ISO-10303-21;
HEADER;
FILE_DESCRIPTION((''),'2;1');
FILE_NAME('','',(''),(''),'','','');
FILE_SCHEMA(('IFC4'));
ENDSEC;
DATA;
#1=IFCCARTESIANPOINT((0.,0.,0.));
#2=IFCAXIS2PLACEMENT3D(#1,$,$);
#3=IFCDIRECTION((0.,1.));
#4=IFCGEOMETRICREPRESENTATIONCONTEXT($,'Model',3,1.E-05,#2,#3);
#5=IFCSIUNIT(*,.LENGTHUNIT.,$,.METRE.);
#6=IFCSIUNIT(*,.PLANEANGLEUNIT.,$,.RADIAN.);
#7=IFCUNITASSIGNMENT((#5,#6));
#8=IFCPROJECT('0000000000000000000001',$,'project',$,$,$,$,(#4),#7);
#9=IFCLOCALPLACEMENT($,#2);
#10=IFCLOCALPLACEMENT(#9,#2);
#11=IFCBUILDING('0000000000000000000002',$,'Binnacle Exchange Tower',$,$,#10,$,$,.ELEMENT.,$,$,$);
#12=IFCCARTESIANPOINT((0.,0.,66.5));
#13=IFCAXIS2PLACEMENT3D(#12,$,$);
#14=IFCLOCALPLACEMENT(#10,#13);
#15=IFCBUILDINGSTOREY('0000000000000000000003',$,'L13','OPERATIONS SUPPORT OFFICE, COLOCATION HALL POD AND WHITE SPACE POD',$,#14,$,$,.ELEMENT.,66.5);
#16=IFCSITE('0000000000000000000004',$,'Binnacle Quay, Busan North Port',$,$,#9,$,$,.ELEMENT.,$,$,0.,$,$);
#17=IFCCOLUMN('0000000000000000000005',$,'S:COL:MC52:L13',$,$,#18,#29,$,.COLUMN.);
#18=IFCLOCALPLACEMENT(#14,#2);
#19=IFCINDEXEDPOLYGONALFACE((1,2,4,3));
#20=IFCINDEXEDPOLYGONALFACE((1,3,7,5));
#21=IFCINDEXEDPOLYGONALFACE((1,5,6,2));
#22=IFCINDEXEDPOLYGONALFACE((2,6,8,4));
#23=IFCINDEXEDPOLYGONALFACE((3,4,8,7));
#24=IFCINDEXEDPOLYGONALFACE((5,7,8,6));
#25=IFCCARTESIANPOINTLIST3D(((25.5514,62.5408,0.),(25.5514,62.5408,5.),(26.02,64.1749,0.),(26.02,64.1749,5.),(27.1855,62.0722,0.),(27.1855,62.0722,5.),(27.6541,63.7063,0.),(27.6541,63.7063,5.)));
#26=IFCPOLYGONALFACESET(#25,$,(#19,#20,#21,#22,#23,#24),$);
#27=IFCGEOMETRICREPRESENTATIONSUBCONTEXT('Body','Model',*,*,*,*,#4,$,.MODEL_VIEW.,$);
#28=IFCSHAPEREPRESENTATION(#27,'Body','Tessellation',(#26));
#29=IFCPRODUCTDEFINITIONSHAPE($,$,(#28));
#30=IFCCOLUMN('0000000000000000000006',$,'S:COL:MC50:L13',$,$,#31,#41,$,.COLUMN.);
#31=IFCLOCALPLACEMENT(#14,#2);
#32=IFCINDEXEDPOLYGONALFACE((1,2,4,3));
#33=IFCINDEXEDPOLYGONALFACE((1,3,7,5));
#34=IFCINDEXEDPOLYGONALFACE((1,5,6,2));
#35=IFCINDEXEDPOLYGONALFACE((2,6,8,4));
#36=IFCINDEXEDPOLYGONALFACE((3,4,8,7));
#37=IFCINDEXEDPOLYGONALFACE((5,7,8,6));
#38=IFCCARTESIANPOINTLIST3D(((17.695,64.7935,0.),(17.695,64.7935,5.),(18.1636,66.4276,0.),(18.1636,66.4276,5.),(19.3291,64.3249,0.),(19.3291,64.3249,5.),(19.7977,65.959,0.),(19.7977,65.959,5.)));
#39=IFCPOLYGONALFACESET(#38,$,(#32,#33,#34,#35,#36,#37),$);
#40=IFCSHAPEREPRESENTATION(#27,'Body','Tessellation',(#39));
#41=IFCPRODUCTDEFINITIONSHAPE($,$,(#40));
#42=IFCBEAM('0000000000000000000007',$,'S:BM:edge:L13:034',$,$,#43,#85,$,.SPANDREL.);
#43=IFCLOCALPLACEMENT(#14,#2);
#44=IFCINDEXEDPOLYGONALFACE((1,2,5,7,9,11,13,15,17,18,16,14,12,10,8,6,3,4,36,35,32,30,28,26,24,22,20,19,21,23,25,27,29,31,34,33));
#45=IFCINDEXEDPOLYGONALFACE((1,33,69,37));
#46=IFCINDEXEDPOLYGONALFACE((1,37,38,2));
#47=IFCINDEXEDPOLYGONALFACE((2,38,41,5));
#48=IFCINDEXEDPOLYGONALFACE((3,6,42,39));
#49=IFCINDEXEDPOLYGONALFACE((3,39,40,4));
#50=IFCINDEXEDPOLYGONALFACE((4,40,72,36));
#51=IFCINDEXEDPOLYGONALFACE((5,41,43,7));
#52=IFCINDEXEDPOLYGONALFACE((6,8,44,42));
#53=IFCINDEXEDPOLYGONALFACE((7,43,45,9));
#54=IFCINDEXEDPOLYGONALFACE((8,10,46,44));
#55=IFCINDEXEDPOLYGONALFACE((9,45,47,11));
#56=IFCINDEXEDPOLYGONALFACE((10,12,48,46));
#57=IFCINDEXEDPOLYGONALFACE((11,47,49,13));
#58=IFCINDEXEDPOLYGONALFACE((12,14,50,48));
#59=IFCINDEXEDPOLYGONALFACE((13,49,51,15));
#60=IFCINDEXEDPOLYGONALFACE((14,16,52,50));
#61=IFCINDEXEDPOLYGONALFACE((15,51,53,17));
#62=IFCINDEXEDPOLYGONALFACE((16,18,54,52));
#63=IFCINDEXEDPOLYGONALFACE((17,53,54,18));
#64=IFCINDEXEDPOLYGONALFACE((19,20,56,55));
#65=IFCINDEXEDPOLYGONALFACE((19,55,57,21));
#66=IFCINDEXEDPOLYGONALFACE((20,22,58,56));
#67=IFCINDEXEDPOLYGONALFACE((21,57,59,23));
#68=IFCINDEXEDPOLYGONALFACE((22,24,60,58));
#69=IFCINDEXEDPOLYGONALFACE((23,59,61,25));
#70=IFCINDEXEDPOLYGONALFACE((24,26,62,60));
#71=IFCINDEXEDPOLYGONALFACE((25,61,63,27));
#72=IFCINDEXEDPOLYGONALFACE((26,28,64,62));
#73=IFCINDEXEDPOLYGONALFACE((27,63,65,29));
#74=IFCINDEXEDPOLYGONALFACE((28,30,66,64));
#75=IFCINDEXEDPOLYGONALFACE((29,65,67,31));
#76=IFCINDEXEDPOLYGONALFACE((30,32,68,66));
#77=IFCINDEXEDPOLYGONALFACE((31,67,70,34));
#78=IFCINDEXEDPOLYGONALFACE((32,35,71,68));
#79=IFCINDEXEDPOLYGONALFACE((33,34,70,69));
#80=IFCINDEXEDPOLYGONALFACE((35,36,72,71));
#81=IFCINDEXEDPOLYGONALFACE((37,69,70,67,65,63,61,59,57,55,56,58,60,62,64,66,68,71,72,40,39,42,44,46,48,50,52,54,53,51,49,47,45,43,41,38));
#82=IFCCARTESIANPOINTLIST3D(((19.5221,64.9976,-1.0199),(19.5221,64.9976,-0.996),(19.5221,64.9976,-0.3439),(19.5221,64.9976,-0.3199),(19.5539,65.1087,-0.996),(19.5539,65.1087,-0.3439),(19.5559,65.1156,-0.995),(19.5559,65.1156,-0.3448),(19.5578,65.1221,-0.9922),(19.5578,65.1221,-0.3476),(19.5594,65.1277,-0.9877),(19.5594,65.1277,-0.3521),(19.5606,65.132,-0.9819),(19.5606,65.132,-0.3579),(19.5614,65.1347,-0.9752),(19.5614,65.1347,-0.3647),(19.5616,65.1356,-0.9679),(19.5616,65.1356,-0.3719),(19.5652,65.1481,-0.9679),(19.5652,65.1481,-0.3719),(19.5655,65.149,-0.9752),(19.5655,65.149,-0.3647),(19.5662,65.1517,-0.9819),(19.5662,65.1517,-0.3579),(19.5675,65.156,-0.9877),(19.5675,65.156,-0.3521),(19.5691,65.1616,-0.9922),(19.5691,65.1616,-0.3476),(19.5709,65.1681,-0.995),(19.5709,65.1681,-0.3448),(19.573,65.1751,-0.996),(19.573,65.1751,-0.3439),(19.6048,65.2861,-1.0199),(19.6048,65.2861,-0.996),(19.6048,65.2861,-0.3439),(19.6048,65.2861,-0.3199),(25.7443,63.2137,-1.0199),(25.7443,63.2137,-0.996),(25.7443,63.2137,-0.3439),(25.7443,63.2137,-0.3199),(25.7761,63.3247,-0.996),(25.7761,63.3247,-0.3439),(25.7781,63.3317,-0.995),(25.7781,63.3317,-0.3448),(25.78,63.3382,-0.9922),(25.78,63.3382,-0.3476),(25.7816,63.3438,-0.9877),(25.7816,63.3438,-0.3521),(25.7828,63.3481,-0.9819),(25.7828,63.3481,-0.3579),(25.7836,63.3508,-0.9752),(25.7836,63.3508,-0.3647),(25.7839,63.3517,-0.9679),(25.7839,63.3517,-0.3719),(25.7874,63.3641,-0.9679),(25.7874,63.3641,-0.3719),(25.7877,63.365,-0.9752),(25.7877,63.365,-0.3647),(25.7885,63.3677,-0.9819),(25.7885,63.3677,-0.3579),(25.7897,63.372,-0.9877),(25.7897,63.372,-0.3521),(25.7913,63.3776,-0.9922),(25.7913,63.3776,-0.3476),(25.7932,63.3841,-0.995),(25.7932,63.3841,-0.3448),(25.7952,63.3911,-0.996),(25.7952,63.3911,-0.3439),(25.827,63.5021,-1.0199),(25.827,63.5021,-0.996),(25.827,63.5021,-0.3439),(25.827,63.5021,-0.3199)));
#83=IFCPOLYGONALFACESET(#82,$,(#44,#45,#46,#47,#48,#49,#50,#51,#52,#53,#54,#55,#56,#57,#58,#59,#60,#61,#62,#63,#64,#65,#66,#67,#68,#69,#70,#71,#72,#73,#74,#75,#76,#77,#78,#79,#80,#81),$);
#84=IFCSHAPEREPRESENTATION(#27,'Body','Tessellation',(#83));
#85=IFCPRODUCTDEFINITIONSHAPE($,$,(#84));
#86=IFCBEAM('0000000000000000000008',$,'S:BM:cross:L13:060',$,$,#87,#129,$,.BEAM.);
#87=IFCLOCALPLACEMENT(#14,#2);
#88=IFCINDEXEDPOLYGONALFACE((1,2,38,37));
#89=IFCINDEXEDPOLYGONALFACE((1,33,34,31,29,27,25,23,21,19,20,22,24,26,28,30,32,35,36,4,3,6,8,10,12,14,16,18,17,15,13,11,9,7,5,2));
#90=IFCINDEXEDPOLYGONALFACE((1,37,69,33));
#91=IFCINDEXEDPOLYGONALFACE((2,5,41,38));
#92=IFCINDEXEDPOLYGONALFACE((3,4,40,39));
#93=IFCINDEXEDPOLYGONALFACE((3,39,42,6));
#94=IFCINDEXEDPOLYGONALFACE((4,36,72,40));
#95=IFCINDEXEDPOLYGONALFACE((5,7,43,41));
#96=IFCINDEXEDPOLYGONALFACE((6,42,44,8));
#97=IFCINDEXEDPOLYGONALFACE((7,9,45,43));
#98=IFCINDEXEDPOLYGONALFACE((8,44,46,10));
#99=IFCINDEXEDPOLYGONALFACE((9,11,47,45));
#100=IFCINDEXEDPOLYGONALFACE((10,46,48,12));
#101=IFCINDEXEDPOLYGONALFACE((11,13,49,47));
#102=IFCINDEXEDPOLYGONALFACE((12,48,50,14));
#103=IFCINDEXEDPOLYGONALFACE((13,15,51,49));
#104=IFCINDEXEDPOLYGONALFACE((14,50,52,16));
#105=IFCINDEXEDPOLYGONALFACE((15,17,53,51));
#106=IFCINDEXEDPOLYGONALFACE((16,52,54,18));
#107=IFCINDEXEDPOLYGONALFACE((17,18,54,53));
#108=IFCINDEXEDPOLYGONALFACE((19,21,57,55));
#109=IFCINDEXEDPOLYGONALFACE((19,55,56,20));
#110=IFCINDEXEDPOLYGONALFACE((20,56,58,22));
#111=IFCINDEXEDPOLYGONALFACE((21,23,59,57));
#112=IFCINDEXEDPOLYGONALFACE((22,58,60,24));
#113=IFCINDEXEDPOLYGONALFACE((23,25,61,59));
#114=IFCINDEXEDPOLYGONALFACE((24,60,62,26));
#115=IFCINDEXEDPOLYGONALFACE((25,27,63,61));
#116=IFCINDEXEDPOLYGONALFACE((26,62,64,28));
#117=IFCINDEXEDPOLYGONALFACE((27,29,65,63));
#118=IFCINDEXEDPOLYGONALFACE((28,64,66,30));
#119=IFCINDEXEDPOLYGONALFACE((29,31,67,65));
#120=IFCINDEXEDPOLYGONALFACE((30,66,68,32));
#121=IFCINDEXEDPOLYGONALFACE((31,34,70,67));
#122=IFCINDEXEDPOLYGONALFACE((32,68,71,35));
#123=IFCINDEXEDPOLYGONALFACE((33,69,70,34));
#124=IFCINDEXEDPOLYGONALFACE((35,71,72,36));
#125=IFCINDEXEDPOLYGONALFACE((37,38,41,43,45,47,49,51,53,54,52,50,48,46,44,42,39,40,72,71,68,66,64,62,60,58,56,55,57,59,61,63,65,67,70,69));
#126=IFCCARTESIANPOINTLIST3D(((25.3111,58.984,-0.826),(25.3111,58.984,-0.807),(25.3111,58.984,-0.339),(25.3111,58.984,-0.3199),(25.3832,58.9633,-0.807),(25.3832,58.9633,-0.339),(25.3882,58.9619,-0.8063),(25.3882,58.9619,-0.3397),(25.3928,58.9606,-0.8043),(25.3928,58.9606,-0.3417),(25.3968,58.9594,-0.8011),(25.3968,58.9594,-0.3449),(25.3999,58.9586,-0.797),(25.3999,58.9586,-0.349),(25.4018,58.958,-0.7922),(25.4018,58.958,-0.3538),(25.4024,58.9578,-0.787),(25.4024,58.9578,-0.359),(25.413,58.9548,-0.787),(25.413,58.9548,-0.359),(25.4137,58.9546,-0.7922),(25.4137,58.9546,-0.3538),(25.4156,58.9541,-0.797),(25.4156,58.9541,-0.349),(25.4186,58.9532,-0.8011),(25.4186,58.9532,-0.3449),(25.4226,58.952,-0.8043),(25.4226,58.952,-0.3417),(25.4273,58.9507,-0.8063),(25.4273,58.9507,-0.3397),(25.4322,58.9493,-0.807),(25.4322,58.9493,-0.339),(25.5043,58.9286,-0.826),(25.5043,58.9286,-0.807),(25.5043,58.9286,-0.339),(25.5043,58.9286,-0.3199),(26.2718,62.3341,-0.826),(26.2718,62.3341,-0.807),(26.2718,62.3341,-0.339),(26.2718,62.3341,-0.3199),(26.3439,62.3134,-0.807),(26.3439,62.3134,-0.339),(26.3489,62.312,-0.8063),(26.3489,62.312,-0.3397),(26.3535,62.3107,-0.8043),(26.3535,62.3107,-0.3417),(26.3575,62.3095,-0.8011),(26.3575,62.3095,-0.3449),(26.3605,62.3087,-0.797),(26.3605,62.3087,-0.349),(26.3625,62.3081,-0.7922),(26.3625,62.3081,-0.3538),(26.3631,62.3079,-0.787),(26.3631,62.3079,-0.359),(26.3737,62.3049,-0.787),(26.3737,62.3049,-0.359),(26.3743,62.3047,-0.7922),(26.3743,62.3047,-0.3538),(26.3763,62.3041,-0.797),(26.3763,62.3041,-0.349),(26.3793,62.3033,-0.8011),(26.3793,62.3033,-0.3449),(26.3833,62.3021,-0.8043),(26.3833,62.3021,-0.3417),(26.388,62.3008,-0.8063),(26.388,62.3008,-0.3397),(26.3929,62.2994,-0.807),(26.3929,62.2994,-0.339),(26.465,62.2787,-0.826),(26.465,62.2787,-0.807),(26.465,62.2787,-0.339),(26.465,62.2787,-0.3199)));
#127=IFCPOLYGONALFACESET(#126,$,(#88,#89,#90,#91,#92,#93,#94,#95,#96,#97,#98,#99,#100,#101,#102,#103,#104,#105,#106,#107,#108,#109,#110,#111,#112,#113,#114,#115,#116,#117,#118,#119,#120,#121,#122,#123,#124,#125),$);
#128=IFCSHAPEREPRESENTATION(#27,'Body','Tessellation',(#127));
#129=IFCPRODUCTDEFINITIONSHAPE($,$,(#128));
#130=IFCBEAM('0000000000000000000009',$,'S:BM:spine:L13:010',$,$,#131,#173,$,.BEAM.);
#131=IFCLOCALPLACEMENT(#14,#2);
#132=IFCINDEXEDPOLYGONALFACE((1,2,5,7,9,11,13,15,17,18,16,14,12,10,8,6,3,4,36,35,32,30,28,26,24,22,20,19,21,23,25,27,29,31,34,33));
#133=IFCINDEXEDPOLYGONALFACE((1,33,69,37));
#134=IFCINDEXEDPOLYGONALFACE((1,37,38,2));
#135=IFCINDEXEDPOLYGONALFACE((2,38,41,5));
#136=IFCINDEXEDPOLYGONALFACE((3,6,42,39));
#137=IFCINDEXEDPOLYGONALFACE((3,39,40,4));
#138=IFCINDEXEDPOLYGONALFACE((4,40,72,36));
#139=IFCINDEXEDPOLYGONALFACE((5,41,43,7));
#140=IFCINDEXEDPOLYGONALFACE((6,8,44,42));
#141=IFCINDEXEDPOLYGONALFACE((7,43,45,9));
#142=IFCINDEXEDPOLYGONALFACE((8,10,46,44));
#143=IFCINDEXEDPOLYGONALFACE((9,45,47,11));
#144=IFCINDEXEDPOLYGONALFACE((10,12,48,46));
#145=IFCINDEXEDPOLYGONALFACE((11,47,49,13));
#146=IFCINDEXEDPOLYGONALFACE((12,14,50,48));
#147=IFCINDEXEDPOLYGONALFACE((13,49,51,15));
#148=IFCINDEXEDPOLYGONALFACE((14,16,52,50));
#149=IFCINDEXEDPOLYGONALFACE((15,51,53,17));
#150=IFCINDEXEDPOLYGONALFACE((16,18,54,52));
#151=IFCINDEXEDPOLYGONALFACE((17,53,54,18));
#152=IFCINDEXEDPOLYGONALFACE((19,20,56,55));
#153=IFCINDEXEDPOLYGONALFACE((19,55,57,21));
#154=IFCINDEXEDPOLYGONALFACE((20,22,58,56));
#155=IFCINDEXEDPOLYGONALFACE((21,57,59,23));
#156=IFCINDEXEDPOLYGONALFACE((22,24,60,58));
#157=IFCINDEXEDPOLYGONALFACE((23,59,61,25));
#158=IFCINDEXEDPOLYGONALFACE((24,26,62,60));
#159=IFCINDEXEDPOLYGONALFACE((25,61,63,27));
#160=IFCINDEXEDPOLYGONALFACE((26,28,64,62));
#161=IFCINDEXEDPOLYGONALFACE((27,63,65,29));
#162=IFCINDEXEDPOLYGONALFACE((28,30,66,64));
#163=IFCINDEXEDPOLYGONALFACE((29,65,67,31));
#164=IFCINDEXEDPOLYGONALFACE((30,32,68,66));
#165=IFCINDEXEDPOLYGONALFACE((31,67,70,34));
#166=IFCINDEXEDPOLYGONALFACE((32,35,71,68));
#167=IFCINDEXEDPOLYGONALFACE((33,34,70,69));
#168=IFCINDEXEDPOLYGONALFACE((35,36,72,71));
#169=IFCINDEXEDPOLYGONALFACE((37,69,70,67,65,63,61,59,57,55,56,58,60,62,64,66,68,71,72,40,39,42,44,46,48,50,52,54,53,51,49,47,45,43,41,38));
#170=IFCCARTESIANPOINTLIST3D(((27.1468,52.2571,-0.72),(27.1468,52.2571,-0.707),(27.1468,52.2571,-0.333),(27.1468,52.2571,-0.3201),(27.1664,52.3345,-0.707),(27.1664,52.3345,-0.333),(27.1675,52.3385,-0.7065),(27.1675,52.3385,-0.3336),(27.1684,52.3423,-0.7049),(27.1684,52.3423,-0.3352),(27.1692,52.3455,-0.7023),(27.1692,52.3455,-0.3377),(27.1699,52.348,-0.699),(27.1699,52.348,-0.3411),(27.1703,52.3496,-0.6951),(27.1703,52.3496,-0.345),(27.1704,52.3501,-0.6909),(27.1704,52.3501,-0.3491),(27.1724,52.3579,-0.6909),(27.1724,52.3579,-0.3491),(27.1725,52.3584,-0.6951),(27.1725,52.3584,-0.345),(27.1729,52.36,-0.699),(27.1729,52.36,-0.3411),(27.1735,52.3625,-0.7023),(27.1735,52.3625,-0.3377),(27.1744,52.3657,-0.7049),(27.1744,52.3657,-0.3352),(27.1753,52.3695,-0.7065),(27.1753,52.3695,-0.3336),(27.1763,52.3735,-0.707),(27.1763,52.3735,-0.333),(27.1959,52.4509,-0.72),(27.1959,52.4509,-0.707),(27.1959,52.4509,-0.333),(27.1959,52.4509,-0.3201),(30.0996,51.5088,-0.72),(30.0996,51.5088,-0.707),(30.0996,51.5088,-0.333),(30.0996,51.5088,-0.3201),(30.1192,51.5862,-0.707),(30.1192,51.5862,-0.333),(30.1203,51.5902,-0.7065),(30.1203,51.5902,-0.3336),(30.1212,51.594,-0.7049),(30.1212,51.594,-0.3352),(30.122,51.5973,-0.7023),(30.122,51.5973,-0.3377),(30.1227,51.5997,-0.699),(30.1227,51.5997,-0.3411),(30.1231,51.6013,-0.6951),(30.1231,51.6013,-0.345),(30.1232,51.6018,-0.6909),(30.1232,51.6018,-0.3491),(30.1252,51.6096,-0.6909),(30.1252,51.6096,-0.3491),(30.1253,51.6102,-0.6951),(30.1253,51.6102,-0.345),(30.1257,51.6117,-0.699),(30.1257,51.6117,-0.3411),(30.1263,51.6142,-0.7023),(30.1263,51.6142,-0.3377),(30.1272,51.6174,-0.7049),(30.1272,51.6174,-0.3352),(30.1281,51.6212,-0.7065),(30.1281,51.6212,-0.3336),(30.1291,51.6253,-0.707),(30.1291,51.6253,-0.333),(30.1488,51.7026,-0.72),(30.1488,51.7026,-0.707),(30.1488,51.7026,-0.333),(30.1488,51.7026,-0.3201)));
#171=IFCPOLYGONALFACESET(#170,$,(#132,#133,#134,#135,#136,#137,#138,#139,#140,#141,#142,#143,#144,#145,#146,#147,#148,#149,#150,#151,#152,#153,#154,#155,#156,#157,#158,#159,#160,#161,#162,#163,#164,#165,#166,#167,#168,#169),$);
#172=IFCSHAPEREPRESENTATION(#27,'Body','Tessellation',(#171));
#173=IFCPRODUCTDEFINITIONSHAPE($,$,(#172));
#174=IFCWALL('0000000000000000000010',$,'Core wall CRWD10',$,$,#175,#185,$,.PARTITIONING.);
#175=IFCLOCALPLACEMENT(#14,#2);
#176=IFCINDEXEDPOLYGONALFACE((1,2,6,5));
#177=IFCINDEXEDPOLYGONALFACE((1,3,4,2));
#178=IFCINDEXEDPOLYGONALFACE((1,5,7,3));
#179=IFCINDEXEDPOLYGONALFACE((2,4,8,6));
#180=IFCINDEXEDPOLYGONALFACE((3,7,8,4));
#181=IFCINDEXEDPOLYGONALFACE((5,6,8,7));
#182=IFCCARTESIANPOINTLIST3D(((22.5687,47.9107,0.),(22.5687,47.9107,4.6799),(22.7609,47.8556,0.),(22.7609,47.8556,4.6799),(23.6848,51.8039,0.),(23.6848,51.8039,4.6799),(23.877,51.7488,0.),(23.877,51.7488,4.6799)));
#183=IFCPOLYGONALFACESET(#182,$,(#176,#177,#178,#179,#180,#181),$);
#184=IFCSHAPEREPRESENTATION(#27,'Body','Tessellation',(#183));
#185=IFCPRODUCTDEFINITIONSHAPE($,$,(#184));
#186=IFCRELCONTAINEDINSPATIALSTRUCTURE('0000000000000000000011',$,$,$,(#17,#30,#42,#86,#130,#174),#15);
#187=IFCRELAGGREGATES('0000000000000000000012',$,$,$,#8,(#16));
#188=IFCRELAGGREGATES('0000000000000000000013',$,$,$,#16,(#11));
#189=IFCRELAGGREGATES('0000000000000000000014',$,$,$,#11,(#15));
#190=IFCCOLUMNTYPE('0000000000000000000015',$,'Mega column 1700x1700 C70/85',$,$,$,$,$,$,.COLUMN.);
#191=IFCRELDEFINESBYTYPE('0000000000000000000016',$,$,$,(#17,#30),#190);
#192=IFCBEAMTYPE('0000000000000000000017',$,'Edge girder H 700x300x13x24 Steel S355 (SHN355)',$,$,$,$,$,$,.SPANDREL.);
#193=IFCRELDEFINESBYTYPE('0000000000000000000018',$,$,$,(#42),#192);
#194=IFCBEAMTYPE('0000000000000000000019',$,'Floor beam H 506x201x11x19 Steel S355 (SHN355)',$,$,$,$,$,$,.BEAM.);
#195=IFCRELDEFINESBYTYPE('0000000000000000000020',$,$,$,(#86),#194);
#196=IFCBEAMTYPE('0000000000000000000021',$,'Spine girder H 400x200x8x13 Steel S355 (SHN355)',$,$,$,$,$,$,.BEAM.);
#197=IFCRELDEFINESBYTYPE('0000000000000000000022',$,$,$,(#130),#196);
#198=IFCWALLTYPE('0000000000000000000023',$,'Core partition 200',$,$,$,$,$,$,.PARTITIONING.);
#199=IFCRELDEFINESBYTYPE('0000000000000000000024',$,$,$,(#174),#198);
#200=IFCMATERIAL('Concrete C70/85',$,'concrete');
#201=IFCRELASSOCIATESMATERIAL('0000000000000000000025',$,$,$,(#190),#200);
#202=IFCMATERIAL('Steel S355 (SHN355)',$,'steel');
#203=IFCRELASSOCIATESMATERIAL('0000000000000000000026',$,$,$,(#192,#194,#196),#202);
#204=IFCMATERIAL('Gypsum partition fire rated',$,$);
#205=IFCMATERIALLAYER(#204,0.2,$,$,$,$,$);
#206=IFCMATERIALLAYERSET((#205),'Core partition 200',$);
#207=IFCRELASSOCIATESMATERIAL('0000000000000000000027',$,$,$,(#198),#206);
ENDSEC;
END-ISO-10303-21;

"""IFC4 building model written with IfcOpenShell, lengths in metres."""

from ifc_helpers import new_model, si_unit, direction, frame, frame_2d, origin, origin_2d, place, context, subcontext, project, spatial, rectangle, i_section, extrude, material, layer, layer_set, material_profile, profile_set, type_object, element, save


model = new_model("IFC4")

# Units and contexts
model_context = context("Model", 3, precision=1e-05, world=origin(), true_north=direction((0.0, 1.0)))
body_context = subcontext(model_context, "Body", "Model", "MODEL_VIEW")
ifc_project = project(units=[si_unit("LENGTHUNIT", "METRE"), si_unit("PLANEANGLEUNIT", "RADIAN")], contexts=[model_context])

# Site, building, storey
site_placement = place(None, origin())
site = spatial("IfcSite", under=ifc_project, at=site_placement, Name="Binnacle Quay, Busan North Port", CompositionType="ELEMENT", RefElevation=0.0)
building_placement = place(site_placement, origin())
building = spatial("IfcBuilding", under=site, at=building_placement, Name="Binnacle Exchange Tower", CompositionType="ELEMENT")
storey_placement = place(building_placement, frame((0.0, 0.0, 66.5)))
storey = spatial("IfcBuildingStorey", under=building, at=storey_placement, Name="L13", Description="OPERATIONS SUPPORT OFFICE, COLOCATION HALL POD AND WHITE SPACE POD", CompositionType="ELEMENT", Elevation=66.5)

# Columns
ifc_material_1 = material(Name="Concrete C70/85", Category="concrete")
ifc_material_profile_1 = material_profile(ifc_material_1, rectangle(XDim=1.7, YDim=1.7, at=origin_2d()), Name="Mega column 1700x1700 C70/85")
ifc_profile_set_1 = profile_set([ifc_material_profile_1], Name="Concrete C70/85")
column_type = type_object("IfcColumnType", Name="Mega column 1700x1700 C70/85", PredefinedType="COLUMN", material=ifc_profile_set_1)
for number, where, z_axis, x_axis, name in (
    (1, (26.6028, 63.1235, 0.0), (0.0, 0.0, 1.0), (-0.961262, 0.275637, 0.0), "S:COL:MC52:L13"),
    (2, (18.7463, 65.3762, 0.0), (0.0, 0.0, 1.0), (-0.961262, 0.275637, 0.0), "S:COL:MC50:L13"),
):
    element("IfcColumn", number, at=place(storey_placement, frame(where, z_axis=z_axis, x_axis=x_axis)), inside=storey, type_object=column_type, Name=name, PredefinedType="COLUMN", context=body_context, shape_type="SweptSolid", body=[
        extrude(rectangle(XDim=1.7, YDim=1.7, at=origin_2d()), origin(), (0.0, 0.0, 1.0), 5.0),
    ])

# Beams
ifc_material_2 = material(Name="Steel S355 (SHN355)", Category="steel")
ifc_material_profile_2 = material_profile(ifc_material_2, i_section(OverallWidth=0.3, OverallDepth=0.7, WebThickness=0.0129, FlangeThickness=0.0239, FilletRadius=0.0281, at=origin_2d()), Name="H 700x300x13x24")
ifc_profile_set_2 = profile_set([ifc_material_profile_2], Name="Steel S355 (SHN355)")
beam_type_1 = type_object("IfcBeamType", Name="Edge girder H 700x300x13x24 Steel S355 (SHN355)", PredefinedType="SPANDREL", material=ifc_profile_set_2)
beam_1_placement = place(storey_placement, frame((25.7856, 63.3579, -0.6699), z_axis=(-0.961272, 0.275603, 0.0), x_axis=(-0.275603, -0.961272, 0.0)))
element("IfcBeam", 3, at=beam_1_placement, inside=storey, type_object=beam_type_1, Name="S:BM:edge:L13:034", PredefinedType="SPANDREL", context=body_context, shape_type="SweptSolid", body=[
    extrude(i_section(OverallWidth=0.3, OverallDepth=0.7, WebThickness=0.0129, FlangeThickness=0.0239, FilletRadius=0.0281, at=origin_2d()), origin(), (0.0, 0.0, 1.0), 6.4729),
])
ifc_material_profile_3 = material_profile(ifc_material_2, i_section(OverallWidth=0.2009, OverallDepth=0.5061, WebThickness=0.011, FlangeThickness=0.019, FilletRadius=0.02, at=origin_2d()), Name="H 506x201x11x19")
ifc_profile_set_3 = profile_set([ifc_material_profile_3], Name="Steel S355 (SHN355)")
beam_type_2 = type_object("IfcBeamType", Name="Floor beam H 506x201x11x19 Steel S355 (SHN355)", PredefinedType="BEAM", material=ifc_profile_set_3)
beam_2_placement = place(storey_placement, frame((26.3684, 62.3064, -0.573), z_axis=(-0.275655, -0.961257, 0.0), x_axis=(0.961257, -0.275655, 0.0)))
element("IfcBeam", 4, at=beam_2_placement, inside=storey, type_object=beam_type_2, Name="S:BM:cross:L13:060", PredefinedType="BEAM", context=body_context, shape_type="SweptSolid", body=[
    extrude(i_section(OverallWidth=0.2009, OverallDepth=0.5061, WebThickness=0.011, FlangeThickness=0.019, FilletRadius=0.02, at=origin_2d()), origin(), (0.0, 0.0, 1.0), 3.4851),
])
ifc_material_profile_4 = material_profile(ifc_material_2, i_section(OverallWidth=0.2, OverallDepth=0.3999, WebThickness=0.0081, FlangeThickness=0.0129, FilletRadius=0.0161, at=origin_2d()), Name="H 400x200x8x13")
ifc_profile_set_4 = profile_set([ifc_material_profile_4], Name="Steel S355 (SHN355)")
beam_type_3 = type_object("IfcBeamType", Name="Spine girder H 400x200x8x13 Steel S355 (SHN355)", PredefinedType="BEAM", material=ifc_profile_set_4)
beam_3_placement = place(storey_placement, frame((27.1714, 52.354, -0.52), z_axis=(0.96936, -0.245646, 0.0), x_axis=(0.245646, 0.96936, 0.0)))
element("IfcBeam", 5, at=beam_3_placement, inside=storey, type_object=beam_type_3, Name="S:BM:spine:L13:010", PredefinedType="BEAM", context=body_context, shape_type="SweptSolid", body=[
    extrude(i_section(OverallWidth=0.2, OverallDepth=0.3999, WebThickness=0.0081, FlangeThickness=0.0129, FilletRadius=0.0161, at=origin_2d()), origin(), (0.0, 0.0, 1.0), 3.0461),
])

# Wall
ifc_material_3 = material(Name="Gypsum partition fire rated")
ifc_layer_1 = layer(ifc_material_3, 0.2)
ifc_layer_set_1 = layer_set([ifc_layer_1], Name="Core partition 200")
wall_type_1 = type_object("IfcWallType", Name="Core partition 200", PredefinedType="PARTITIONING", material=ifc_layer_set_1)
wall_1_placement = place(storey_placement, frame((22.6648, 47.8833, 0.0), z_axis=(0.0, 0.0, 1.0), x_axis=(0.275597, 0.961273, 0.0)))
element("IfcWall", 6, at=wall_1_placement, inside=storey, type_object=wall_type_1, Name="Core wall CRWD10", PredefinedType="PARTITIONING", context=body_context, shape_type="SweptSolid", body=[
    extrude(rectangle(XDim=4.05, YDim=0.2, at=frame_2d((2.0249, 0.0))), origin(), (0.0, 0.0, 1.0), 4.6799),
])

save(model, "model.ifc")
